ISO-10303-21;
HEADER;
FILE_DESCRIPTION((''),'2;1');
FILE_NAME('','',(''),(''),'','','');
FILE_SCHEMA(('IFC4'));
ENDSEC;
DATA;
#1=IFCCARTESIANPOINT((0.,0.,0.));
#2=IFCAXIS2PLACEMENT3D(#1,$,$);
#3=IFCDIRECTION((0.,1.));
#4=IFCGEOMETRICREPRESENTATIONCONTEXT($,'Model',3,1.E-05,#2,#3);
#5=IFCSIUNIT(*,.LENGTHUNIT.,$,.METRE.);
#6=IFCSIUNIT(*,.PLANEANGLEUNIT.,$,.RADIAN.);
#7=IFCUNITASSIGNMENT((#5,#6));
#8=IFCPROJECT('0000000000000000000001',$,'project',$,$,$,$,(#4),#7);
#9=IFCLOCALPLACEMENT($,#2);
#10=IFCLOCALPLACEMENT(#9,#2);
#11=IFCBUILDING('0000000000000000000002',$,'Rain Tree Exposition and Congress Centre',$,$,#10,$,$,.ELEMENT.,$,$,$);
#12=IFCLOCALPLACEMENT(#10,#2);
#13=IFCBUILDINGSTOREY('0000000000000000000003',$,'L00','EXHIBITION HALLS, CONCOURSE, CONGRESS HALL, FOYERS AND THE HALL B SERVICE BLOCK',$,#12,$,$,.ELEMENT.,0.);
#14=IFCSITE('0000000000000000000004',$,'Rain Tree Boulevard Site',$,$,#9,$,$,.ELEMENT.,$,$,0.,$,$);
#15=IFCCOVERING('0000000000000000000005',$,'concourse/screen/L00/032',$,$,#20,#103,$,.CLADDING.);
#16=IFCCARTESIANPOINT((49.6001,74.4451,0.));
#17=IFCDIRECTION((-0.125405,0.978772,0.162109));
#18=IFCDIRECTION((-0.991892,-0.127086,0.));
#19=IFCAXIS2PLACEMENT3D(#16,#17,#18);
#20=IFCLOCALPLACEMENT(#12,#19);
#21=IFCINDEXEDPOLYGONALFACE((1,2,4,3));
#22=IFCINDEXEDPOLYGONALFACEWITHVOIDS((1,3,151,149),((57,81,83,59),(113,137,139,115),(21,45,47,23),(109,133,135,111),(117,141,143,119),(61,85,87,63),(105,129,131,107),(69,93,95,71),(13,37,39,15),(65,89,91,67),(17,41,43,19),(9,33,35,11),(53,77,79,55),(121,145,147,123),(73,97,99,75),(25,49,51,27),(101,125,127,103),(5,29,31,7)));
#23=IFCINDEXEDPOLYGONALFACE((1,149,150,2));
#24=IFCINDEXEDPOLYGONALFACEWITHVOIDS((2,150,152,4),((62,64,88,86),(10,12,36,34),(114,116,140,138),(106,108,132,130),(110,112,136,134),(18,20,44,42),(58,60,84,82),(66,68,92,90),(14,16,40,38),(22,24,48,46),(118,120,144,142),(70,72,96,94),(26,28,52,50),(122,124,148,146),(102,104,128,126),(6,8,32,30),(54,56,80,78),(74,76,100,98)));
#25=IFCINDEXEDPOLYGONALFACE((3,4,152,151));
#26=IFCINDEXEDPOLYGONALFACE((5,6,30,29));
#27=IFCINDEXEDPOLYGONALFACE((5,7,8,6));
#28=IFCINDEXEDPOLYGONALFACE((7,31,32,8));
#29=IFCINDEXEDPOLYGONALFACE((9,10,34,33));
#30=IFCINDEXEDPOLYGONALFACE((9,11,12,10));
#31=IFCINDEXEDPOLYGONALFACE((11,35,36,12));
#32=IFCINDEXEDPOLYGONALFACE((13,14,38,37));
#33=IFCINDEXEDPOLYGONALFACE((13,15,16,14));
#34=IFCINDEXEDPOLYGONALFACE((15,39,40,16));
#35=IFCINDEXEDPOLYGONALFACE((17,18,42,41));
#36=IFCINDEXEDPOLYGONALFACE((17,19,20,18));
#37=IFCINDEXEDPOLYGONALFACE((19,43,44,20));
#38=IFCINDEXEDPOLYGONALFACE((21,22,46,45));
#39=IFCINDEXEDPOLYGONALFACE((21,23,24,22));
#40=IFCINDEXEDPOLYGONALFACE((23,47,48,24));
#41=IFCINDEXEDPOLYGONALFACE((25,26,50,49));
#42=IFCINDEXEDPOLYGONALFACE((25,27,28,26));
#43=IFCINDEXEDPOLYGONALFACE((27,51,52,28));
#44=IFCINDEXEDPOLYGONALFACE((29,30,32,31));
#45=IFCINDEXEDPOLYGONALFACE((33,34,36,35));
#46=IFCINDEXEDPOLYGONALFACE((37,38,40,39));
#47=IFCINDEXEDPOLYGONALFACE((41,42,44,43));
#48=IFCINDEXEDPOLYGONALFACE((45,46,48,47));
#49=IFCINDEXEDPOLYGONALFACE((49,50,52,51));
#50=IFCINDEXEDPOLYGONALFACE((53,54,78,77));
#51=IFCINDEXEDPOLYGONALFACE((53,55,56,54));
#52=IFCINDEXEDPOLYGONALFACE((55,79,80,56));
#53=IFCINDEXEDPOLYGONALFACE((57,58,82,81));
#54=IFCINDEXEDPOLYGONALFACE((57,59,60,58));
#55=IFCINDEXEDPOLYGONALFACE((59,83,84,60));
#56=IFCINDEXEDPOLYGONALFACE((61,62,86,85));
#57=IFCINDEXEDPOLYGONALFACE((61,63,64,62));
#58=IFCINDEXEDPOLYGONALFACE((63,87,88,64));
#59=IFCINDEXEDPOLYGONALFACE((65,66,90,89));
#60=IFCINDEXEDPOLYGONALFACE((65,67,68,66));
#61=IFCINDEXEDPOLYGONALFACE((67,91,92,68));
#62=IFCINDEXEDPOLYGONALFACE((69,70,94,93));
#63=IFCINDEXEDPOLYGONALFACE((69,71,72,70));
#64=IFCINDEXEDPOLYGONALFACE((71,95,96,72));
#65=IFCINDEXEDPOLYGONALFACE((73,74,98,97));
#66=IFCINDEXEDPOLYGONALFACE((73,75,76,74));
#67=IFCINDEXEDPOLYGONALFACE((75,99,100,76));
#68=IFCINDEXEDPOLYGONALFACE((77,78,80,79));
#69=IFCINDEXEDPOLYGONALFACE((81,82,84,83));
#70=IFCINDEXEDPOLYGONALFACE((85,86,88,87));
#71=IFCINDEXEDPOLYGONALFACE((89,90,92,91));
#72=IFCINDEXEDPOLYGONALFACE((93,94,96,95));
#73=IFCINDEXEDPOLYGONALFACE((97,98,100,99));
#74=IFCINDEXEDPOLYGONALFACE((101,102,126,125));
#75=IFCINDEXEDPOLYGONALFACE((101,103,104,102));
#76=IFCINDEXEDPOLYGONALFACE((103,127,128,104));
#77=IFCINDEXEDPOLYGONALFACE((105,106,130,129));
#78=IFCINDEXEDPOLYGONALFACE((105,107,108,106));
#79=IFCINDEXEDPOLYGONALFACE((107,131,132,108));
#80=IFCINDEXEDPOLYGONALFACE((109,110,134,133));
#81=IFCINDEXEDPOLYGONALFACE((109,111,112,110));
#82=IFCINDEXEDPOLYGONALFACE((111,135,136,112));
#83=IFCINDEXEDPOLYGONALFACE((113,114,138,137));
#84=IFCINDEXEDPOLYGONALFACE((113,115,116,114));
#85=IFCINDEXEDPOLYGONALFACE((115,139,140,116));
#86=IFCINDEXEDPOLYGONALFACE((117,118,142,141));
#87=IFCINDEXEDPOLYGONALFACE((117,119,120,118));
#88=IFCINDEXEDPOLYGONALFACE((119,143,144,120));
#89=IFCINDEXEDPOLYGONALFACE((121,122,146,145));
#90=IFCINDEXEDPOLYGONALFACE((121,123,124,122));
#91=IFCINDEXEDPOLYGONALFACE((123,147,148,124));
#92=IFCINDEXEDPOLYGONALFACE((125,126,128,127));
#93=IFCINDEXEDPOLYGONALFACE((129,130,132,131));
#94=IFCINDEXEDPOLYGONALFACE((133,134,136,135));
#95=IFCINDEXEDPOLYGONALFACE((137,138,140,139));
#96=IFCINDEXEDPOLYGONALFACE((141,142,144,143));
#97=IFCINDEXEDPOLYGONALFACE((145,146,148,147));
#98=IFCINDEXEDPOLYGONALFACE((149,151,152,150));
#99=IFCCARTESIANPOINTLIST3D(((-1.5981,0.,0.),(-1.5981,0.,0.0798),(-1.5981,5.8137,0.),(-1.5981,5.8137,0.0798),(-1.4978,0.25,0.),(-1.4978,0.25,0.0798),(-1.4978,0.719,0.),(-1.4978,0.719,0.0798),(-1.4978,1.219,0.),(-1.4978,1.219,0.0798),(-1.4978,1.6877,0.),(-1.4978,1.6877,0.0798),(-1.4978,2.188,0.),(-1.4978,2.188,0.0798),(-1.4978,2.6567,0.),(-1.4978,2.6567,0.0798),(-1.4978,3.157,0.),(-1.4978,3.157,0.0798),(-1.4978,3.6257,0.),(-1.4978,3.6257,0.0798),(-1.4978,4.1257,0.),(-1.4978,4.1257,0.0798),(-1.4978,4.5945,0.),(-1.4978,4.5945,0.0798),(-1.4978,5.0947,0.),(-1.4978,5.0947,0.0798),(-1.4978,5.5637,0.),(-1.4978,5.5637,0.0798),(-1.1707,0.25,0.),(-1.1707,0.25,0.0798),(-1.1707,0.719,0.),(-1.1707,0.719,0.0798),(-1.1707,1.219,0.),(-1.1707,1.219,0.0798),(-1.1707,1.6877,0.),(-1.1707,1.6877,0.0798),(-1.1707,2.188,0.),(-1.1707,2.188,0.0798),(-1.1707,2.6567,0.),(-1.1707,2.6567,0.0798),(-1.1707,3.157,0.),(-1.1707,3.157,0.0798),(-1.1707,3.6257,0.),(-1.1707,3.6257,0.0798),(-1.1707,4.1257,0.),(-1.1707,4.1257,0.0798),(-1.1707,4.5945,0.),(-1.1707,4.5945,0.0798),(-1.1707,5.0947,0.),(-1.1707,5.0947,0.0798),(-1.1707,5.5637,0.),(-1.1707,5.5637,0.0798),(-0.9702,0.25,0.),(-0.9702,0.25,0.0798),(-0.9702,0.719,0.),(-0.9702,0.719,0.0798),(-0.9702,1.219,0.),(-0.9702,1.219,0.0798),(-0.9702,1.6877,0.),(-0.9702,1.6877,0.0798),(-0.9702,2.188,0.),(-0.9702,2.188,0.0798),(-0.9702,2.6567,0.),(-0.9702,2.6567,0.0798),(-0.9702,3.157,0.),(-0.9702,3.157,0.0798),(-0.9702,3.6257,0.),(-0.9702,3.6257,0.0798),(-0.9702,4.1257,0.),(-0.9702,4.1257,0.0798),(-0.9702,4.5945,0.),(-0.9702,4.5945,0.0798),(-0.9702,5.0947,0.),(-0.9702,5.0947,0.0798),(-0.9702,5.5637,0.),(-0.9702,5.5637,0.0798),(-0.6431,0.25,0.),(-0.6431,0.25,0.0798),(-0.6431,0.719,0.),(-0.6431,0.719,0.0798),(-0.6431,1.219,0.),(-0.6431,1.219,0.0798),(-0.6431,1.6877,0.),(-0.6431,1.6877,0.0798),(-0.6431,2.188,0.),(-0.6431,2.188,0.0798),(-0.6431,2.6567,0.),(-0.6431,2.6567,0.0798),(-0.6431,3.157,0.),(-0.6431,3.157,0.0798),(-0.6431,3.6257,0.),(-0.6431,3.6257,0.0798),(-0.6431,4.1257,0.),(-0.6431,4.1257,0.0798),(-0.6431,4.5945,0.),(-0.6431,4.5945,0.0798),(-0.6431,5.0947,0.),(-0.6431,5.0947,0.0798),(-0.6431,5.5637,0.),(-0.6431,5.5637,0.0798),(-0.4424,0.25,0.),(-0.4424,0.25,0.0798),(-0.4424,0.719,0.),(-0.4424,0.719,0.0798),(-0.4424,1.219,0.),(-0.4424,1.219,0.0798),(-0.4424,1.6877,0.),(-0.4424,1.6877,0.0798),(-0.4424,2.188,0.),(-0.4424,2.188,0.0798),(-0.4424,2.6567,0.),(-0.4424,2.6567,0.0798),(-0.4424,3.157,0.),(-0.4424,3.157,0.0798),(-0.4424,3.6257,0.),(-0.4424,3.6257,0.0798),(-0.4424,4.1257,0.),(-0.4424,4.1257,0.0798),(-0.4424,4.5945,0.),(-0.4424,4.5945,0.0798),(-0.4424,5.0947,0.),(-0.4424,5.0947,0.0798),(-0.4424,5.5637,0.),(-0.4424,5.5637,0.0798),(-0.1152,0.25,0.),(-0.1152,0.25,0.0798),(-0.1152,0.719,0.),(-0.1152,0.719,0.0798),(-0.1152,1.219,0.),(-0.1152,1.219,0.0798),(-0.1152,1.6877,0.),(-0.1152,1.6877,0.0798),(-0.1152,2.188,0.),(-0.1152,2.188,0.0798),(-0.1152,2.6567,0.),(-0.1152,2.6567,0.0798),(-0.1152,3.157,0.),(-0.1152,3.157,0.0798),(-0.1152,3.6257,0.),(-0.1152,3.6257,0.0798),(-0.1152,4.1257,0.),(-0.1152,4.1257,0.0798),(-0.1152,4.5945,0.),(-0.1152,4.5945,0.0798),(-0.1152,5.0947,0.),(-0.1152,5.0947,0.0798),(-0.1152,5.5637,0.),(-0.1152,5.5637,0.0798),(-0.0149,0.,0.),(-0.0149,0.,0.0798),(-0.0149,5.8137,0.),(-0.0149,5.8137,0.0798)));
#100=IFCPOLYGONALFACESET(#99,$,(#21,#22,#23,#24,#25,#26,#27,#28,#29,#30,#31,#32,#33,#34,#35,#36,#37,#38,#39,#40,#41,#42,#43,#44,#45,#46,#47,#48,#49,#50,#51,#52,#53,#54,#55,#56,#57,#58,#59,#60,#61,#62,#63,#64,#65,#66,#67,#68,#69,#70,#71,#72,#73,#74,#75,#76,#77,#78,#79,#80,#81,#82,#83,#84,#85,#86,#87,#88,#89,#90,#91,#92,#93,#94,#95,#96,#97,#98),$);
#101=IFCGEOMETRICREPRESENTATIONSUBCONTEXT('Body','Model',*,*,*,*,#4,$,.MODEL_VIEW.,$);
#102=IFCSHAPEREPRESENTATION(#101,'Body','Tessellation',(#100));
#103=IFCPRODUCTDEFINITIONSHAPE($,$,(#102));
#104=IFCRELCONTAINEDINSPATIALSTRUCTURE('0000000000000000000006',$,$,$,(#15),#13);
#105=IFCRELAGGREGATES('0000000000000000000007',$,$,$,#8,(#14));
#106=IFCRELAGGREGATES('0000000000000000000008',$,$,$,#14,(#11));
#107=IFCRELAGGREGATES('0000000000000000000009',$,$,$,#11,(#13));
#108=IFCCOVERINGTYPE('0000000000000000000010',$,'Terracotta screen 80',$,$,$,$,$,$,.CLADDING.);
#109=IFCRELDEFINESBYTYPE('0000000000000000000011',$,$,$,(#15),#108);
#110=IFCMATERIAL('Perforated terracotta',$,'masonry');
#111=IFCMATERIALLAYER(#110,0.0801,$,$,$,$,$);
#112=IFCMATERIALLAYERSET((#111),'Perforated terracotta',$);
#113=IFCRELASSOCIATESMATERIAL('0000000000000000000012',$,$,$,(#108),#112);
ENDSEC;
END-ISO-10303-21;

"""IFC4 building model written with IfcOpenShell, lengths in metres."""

from ifc_helpers import new_model, si_unit, direction, frame, origin, place, context, subcontext, project, spatial, polyline, outline, extrude, material, layer, layer_set, type_object, element, save


model = new_model("IFC4")

# Units and contexts
model_context = context("Model", 3, precision=1e-05, world=origin(), true_north=direction((0.0, 1.0)))
body_context = subcontext(model_context, "Body", "Model", "MODEL_VIEW")
ifc_project = project(units=[si_unit("LENGTHUNIT", "METRE"), si_unit("PLANEANGLEUNIT", "RADIAN")], contexts=[model_context])

# Site, building, storey
site_placement = place(None, origin())
site = spatial("IfcSite", under=ifc_project, at=site_placement, Name="Rain Tree Boulevard Site", CompositionType="ELEMENT", RefElevation=0.0)
building_placement = place(site_placement, origin())
building = spatial("IfcBuilding", under=site, at=building_placement, Name="Rain Tree Exposition and Congress Centre", CompositionType="ELEMENT")
storey_placement = place(building_placement, origin())
storey = spatial("IfcBuildingStorey", under=building, at=storey_placement, Name="L00", Description="EXHIBITION HALLS, CONCOURSE, CONGRESS HALL, FOYERS AND THE HALL B SERVICE BLOCK", CompositionType="ELEMENT", Elevation=0.0)

# Covering
ifc_material_1 = material(Name="Perforated terracotta", Category="masonry")
ifc_layer_1 = layer(ifc_material_1, 0.0801)
ifc_layer_set_1 = layer_set([ifc_layer_1], Name="Perforated terracotta")
covering_type = type_object("IfcCoveringType", Name="Terracotta screen 80", PredefinedType="CLADDING", material=ifc_layer_set_1)
covering_1_placement = place(storey_placement, frame((49.6001, 74.4451, 0.0), z_axis=(-0.125405, 0.978772, 0.162109), x_axis=(-0.991892, -0.127086, 0.0)))
element("IfcCovering", 1, at=covering_1_placement, inside=storey, type_object=covering_type, Name="concourse/screen/L00/032", PredefinedType="CLADDING", context=body_context, shape_type="SweptSolid", body=[
    extrude(outline(polyline([(-0.0149, 0.0), (-1.5981, 0.0), (-1.5981, 5.8137), (-0.0149, 5.8137), (-0.0149, 0.0)]), holes=[polyline([(-0.1152, 0.25), (-0.1152, 0.719), (-0.4424, 0.719), (-0.4424, 0.25), (-0.1152, 0.25)]), polyline([(-0.1152, 1.219), (-0.1152, 1.6877), (-0.4424, 1.6877), (-0.4424, 1.219), (-0.1152, 1.219)]), polyline([(-0.1152, 2.188), (-0.1152, 2.6567), (-0.4424, 2.6567), (-0.4424, 2.188), (-0.1152, 2.188)]), polyline([(-0.1152, 3.157), (-0.1152, 3.6257), (-0.4424, 3.6257), (-0.4424, 3.157), (-0.1152, 3.157)]), polyline([(-0.1152, 4.1257), (-0.1152, 4.5945), (-0.4424, 4.5945), (-0.4424, 4.1257), (-0.1152, 4.1257)]), polyline([(-0.1152, 5.0947), (-0.1152, 5.5637), (-0.4424, 5.5637), (-0.4424, 5.0947), (-0.1152, 5.0947)]), polyline([(-0.6431, 0.25), (-0.6431, 0.719), (-0.9702, 0.719), (-0.9702, 0.25), (-0.6431, 0.25)]), polyline([(-0.6431, 1.219), (-0.6431, 1.6877), (-0.9702, 1.6877), (-0.9702, 1.219), (-0.6431, 1.219)]), polyline([(-0.6431, 2.188), (-0.6431, 2.6567), (-0.9702, 2.6567), (-0.9702, 2.188), (-0.6431, 2.188)]), polyline([(-0.6431, 3.157), (-0.6431, 3.6257), (-0.9702, 3.6257), (-0.9702, 3.157), (-0.6431, 3.157)]), polyline([(-0.6431, 4.1257), (-0.6431, 4.5945), (-0.9702, 4.5945), (-0.9702, 4.1257), (-0.6431, 4.1257)]), polyline([(-0.6431, 5.0947), (-0.6431, 5.5637), (-0.9702, 5.5637), (-0.9702, 5.0947), (-0.6431, 5.0947)]), polyline([(-1.1707, 0.25), (-1.1707, 0.719), (-1.4978, 0.719), (-1.4978, 0.25), (-1.1707, 0.25)]), polyline([(-1.1707, 1.219), (-1.1707, 1.6877), (-1.4978, 1.6877), (-1.4978, 1.219), (-1.1707, 1.219)]), polyline([(-1.1707, 2.188), (-1.1707, 2.6567), (-1.4978, 2.6567), (-1.4978, 2.188), (-1.1707, 2.188)]), polyline([(-1.1707, 3.157), (-1.1707, 3.6257), (-1.4978, 3.6257), (-1.4978, 3.157), (-1.1707, 3.157)]), polyline([(-1.1707, 4.1257), (-1.1707, 4.5945), (-1.4978, 4.5945), (-1.4978, 4.1257), (-1.1707, 4.1257)]), polyline([(-1.1707, 5.0947), (-1.1707, 5.5637), (-1.4978, 5.5637), (-1.4978, 5.0947), (-1.1707, 5.0947)])]), origin(), (0.0, 0.0, 1.0), 0.0798),
])

save(model, "model.ifc")
